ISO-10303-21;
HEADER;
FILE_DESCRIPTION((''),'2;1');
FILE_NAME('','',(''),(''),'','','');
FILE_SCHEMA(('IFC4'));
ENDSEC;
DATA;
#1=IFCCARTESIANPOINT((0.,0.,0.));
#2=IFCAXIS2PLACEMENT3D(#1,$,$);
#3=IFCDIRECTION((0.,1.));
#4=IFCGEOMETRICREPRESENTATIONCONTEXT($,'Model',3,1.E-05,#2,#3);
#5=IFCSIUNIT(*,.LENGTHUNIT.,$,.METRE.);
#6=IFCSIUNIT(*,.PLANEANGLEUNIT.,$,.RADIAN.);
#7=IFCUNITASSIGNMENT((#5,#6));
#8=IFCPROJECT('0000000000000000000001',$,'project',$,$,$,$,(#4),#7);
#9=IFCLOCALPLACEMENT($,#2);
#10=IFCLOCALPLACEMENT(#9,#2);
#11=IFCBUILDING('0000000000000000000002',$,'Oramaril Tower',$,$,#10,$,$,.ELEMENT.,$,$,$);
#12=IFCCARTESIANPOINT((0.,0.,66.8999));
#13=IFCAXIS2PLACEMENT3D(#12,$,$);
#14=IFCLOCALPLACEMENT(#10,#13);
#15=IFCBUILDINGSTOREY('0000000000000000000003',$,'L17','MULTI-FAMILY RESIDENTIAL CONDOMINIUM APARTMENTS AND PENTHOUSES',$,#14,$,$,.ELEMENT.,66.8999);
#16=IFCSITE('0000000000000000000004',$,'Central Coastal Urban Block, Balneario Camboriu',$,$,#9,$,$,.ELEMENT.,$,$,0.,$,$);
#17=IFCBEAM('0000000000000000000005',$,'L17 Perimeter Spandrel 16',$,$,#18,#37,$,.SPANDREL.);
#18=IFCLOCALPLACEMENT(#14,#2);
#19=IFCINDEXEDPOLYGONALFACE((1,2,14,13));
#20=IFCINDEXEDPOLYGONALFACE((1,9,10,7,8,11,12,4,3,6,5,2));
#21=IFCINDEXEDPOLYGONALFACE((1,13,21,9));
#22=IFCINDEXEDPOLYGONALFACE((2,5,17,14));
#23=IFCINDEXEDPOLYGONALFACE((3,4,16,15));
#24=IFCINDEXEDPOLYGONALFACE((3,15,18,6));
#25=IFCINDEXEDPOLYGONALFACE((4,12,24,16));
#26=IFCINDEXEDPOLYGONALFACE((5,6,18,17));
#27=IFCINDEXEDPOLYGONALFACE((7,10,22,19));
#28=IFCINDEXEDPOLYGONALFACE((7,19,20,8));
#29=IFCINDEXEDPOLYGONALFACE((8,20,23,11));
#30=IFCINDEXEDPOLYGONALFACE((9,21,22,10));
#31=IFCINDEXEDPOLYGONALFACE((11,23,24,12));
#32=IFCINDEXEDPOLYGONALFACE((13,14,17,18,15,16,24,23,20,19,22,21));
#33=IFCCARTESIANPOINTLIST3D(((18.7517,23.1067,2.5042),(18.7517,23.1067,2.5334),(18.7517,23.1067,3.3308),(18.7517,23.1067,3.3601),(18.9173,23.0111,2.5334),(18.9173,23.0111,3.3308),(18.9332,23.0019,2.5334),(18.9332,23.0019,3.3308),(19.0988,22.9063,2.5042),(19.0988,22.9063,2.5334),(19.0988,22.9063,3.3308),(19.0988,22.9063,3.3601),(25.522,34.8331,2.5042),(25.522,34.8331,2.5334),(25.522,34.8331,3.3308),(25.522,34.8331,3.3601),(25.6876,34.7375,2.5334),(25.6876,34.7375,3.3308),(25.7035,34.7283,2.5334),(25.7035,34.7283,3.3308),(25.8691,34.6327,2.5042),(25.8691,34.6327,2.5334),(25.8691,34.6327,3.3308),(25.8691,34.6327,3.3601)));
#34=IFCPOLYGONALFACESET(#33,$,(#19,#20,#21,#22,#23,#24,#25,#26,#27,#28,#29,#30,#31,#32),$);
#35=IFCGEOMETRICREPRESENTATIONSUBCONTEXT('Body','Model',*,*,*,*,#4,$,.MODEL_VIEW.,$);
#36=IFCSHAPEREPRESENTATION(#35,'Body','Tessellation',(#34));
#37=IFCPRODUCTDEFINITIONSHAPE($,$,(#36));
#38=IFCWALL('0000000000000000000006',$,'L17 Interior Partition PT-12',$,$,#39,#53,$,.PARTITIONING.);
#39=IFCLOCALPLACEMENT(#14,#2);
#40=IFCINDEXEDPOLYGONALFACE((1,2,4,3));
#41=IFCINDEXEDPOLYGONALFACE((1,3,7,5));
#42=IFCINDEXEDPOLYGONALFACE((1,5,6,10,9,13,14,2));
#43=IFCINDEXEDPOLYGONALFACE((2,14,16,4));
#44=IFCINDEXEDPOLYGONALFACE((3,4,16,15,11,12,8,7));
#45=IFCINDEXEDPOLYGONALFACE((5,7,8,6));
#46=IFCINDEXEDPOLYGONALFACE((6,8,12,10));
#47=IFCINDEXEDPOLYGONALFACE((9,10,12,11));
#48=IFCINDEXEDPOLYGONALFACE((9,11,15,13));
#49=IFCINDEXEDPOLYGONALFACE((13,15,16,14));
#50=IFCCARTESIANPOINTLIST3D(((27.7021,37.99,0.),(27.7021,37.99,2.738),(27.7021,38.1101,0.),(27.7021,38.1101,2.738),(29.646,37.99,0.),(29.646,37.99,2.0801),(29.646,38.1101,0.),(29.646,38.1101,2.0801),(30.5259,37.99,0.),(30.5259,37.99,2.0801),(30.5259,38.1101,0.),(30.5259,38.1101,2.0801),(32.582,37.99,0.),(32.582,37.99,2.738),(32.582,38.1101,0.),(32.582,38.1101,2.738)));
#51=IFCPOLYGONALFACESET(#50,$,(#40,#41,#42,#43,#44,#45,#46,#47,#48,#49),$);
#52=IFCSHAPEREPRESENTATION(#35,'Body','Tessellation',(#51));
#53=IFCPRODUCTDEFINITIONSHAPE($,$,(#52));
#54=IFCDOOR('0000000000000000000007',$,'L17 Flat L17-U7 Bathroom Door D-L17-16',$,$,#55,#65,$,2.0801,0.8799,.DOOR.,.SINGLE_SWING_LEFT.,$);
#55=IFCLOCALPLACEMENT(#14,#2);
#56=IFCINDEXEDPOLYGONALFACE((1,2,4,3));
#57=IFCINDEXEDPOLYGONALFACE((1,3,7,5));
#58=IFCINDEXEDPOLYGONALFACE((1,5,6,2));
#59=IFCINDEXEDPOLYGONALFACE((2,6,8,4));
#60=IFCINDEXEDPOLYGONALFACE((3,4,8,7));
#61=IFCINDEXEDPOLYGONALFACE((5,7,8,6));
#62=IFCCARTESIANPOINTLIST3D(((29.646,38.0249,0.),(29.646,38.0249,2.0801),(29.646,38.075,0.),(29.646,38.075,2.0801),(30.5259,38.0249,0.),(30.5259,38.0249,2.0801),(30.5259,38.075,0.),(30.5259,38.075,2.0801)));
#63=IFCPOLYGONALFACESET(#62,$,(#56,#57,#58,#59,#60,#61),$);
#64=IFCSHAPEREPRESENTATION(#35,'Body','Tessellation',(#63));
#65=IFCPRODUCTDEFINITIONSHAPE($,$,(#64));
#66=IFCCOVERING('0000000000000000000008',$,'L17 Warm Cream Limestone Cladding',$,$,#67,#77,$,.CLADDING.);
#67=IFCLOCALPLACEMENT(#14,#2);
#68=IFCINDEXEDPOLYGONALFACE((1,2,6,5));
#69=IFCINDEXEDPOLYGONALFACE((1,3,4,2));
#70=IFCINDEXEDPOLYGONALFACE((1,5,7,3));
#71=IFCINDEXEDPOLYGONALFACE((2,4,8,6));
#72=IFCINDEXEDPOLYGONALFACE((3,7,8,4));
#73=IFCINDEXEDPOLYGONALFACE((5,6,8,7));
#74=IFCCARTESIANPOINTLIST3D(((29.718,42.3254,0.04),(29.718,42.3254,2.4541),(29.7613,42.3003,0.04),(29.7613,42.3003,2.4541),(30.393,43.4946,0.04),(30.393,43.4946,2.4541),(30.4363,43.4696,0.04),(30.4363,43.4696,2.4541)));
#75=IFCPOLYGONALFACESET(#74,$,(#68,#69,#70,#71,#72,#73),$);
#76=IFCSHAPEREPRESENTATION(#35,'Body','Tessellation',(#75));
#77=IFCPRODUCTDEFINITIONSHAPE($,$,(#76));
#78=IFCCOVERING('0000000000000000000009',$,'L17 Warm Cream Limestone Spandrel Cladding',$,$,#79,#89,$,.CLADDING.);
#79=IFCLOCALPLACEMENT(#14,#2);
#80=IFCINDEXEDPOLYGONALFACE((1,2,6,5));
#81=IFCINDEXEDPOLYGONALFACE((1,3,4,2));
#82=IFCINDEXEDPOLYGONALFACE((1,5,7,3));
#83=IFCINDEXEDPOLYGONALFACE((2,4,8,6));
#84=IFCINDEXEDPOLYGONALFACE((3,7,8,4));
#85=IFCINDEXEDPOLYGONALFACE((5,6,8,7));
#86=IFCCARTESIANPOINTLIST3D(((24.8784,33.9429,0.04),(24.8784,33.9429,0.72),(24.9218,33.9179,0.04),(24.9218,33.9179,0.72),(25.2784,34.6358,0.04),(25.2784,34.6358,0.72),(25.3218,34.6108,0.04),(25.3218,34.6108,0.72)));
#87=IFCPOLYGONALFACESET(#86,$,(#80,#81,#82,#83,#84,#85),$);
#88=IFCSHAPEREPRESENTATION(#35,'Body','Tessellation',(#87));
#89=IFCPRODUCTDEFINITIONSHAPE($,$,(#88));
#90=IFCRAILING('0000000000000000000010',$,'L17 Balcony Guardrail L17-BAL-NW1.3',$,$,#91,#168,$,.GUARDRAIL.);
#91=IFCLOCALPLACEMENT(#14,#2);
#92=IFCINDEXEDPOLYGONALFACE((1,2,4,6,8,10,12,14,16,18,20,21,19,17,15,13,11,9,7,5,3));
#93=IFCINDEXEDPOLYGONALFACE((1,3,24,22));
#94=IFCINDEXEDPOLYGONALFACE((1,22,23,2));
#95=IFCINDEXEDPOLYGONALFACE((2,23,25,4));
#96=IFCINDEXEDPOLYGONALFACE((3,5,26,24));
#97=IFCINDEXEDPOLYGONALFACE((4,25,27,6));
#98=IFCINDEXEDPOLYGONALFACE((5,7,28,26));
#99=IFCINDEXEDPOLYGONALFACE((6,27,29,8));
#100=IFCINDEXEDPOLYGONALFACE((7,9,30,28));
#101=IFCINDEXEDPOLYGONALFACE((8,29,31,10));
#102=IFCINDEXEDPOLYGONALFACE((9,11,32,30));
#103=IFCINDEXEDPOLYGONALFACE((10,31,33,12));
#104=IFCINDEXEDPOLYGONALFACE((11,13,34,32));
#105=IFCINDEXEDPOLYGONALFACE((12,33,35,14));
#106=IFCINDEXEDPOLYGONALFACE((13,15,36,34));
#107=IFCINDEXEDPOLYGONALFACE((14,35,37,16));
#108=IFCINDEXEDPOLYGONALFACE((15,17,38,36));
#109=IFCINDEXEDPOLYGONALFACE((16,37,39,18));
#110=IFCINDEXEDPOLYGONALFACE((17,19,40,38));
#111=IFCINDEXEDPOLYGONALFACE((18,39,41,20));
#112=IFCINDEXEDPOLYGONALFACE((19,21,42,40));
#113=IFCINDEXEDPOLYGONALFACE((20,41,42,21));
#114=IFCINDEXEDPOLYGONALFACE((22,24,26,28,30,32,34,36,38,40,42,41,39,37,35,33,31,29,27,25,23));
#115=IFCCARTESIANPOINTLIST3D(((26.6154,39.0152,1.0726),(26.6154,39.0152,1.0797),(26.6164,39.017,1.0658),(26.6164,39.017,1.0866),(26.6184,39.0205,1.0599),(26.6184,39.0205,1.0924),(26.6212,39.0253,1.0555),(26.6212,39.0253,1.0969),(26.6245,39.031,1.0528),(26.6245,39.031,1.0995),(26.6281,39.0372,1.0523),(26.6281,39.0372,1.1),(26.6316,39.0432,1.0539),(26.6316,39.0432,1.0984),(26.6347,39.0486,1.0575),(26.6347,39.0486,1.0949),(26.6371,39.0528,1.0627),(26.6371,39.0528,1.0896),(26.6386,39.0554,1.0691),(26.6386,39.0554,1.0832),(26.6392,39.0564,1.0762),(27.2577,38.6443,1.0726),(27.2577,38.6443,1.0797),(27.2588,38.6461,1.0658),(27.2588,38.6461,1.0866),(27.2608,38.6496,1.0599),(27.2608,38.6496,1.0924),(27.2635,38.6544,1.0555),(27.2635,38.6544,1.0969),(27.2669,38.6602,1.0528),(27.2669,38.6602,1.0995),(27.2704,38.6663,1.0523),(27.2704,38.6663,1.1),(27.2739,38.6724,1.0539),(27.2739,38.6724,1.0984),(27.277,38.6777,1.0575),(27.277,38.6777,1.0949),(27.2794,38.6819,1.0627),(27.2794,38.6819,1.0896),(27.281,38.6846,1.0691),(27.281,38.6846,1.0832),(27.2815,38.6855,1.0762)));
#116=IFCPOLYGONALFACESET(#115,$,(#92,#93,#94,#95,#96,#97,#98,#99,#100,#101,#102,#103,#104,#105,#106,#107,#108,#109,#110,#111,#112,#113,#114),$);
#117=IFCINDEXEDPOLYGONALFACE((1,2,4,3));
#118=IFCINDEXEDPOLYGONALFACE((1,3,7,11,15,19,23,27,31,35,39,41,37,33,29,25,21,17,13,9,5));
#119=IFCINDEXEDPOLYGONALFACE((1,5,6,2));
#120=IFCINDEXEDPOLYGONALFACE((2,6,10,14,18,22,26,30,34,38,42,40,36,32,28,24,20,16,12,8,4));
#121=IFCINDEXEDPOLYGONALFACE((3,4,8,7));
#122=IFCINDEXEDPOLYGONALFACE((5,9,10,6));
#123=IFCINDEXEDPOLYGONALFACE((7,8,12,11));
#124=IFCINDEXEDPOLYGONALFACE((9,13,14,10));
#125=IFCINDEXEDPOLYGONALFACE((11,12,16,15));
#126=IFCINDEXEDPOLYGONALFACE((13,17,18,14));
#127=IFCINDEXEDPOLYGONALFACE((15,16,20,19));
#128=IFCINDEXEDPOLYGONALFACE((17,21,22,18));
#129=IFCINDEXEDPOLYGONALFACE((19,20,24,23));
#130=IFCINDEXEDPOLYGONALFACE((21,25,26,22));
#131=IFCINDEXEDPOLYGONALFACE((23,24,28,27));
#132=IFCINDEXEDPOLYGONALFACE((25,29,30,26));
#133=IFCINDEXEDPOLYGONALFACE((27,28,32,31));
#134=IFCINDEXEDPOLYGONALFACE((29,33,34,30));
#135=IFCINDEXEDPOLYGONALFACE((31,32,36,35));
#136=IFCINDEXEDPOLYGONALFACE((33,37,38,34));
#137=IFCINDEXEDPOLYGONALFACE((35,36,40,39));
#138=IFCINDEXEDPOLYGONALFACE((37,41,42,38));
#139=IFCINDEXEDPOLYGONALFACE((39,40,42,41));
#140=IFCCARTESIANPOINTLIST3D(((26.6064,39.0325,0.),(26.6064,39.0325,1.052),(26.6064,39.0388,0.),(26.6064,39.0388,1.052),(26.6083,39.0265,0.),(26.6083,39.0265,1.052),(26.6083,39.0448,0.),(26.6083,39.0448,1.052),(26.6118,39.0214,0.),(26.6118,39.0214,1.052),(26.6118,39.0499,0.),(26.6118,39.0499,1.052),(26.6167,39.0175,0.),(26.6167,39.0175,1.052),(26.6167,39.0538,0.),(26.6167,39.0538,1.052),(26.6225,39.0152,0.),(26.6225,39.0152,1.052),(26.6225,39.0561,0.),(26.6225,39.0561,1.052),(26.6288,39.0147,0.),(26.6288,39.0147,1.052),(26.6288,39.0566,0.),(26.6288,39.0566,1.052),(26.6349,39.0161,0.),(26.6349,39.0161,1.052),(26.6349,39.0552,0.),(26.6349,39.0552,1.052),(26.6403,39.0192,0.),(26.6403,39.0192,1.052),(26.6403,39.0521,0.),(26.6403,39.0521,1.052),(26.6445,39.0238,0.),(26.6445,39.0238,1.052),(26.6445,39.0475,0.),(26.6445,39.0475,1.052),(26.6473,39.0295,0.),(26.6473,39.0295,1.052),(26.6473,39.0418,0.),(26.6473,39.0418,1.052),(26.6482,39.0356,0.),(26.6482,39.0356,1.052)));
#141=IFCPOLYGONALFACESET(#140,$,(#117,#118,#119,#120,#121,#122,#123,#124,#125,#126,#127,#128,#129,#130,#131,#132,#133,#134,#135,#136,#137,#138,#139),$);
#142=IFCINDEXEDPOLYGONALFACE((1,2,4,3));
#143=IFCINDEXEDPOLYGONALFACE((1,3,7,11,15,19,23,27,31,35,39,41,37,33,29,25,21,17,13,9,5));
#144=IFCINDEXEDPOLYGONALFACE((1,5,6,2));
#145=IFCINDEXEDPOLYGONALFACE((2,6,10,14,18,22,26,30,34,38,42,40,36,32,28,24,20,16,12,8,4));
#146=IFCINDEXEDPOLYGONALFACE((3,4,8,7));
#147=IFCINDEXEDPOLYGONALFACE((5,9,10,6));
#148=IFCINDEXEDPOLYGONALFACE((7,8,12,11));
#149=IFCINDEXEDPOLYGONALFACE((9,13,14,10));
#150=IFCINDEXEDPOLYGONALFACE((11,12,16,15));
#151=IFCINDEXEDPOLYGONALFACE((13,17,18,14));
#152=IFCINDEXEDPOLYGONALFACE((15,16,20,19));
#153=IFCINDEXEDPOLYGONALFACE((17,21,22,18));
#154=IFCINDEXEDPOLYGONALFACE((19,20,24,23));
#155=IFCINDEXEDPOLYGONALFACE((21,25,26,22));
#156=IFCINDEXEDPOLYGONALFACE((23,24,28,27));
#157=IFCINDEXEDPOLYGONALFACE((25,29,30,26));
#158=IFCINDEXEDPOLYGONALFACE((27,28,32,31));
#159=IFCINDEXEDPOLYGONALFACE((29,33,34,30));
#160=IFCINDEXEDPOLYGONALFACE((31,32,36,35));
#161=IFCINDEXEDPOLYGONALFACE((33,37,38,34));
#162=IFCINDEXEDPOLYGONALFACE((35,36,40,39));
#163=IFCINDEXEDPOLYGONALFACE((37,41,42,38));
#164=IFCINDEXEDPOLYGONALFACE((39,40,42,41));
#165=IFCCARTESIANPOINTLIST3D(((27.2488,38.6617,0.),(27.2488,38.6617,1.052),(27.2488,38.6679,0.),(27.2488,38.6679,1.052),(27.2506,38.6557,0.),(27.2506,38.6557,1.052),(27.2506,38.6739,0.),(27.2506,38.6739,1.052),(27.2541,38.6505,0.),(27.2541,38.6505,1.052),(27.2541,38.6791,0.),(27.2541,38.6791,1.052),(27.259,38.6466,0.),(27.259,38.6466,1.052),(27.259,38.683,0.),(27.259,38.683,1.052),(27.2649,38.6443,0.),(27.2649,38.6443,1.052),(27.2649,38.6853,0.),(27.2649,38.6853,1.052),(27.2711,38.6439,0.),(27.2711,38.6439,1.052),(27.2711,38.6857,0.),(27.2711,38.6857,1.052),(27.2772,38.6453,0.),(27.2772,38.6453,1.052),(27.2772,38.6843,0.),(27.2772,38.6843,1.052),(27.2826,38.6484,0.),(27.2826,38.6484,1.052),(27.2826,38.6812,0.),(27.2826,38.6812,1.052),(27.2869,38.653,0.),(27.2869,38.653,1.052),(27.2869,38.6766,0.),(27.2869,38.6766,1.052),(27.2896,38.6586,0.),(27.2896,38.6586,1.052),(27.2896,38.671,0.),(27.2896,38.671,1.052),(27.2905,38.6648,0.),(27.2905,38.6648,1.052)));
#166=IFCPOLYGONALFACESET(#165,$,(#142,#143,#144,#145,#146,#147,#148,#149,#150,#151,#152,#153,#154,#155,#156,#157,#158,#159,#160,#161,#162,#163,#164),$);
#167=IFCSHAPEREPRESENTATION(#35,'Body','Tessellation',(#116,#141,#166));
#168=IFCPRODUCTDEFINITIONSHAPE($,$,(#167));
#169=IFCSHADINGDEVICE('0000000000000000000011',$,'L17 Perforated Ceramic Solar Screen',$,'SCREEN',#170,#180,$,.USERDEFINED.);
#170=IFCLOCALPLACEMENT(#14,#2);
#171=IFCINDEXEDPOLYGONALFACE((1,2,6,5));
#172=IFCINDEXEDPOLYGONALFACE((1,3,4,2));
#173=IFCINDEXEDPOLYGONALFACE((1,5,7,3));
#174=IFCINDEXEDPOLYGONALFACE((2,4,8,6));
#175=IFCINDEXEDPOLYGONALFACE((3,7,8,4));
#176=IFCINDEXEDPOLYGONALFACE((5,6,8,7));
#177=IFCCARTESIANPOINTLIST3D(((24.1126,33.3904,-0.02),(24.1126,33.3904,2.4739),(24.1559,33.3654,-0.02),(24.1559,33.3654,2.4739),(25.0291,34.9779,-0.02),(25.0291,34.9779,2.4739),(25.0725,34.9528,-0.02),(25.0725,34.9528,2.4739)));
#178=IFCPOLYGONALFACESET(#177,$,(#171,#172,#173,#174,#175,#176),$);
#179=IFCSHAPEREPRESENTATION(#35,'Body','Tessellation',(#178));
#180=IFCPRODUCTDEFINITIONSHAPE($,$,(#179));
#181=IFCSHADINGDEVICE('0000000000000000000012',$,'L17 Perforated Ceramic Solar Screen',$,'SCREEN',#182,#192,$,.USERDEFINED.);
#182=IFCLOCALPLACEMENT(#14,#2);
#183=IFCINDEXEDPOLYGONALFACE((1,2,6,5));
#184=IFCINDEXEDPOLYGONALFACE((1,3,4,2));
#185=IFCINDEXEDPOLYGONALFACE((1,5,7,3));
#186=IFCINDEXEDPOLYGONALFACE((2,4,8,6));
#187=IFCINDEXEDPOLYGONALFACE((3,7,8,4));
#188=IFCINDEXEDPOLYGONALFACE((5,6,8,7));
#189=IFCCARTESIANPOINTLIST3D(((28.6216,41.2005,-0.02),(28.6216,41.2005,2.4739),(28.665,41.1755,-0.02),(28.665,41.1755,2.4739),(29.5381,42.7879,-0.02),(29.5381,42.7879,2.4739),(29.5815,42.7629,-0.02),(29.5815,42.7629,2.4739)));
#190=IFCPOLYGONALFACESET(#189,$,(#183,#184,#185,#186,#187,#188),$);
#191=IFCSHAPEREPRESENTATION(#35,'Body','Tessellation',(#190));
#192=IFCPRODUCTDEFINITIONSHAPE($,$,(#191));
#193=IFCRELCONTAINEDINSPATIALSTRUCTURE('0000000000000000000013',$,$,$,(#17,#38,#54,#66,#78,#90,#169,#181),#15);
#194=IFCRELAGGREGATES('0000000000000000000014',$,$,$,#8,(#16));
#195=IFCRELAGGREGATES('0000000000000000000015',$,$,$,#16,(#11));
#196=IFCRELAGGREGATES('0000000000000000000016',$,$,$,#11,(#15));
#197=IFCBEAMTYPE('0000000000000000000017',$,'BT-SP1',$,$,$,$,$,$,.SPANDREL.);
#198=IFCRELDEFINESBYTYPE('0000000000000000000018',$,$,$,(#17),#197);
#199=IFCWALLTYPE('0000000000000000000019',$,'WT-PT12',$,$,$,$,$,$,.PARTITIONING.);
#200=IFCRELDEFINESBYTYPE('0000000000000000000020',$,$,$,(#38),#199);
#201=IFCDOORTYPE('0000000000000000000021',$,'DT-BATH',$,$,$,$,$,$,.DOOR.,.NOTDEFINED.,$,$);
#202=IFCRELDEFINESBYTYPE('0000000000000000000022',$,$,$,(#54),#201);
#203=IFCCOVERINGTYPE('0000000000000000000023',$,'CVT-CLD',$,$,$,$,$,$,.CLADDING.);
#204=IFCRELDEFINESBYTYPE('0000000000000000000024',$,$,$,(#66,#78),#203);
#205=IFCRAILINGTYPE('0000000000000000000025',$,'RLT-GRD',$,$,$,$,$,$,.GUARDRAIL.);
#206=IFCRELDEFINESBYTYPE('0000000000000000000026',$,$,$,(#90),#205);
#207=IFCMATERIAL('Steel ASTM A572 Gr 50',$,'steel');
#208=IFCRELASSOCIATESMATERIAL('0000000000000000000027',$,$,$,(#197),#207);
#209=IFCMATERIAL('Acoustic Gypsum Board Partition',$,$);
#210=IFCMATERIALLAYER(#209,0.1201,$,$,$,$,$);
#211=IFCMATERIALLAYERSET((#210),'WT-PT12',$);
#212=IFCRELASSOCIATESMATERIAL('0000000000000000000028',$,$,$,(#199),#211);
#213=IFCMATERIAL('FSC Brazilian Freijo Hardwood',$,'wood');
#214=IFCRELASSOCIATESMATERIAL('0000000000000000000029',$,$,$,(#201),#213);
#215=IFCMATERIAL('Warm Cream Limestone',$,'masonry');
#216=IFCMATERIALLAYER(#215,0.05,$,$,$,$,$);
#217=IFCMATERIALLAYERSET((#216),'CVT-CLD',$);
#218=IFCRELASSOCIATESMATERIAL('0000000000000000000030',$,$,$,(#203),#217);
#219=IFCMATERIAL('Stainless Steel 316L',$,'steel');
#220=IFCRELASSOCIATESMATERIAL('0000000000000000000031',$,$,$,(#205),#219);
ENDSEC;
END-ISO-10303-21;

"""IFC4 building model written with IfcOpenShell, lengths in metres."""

from ifc_helpers import new_model, si_unit, direction, frame, frame_2d, origin, origin_2d, place, context, subcontext, project, spatial, rectangle, circle, i_section, extrude, material, layer, layer_set, material_profile, profile_set, type_object, element, fill, save


model = new_model("IFC4")

# Units and contexts
model_context = context("Model", 3, precision=1e-05, world=origin(), true_north=direction((0.0, 1.0)))
body_context = subcontext(model_context, "Body", "Model", "MODEL_VIEW")
ifc_project = project(units=[si_unit("LENGTHUNIT", "METRE"), si_unit("PLANEANGLEUNIT", "RADIAN")], contexts=[model_context])

# Site, building, storey
site_placement = place(None, origin())
site = spatial("IfcSite", under=ifc_project, at=site_placement, Name="Central Coastal Urban Block, Balneario Camboriu", CompositionType="ELEMENT", RefElevation=0.0)
building_placement = place(site_placement, origin())
building = spatial("IfcBuilding", under=site, at=building_placement, Name="Oramaril Tower", CompositionType="ELEMENT")
storey_placement = place(building_placement, frame((0.0, 0.0, 66.8999)))
storey = spatial("IfcBuildingStorey", under=building, at=storey_placement, Name="L17", Description="MULTI-FAMILY RESIDENTIAL CONDOMINIUM APARTMENTS AND PENTHOUSES", CompositionType="ELEMENT", Elevation=66.8999)

# Beam
ifc_material_1 = material(Name="Steel ASTM A572 Gr 50", Category="steel")
ifc_material_profile_1 = material_profile(ifc_material_1, i_section(OverallWidth=0.4009, OverallDepth=0.856, WebThickness=0.0183, FlangeThickness=0.0293, at=origin_2d()), Name="W33X201")
ifc_profile_set_1 = profile_set([ifc_material_profile_1], Name="Steel ASTM A572 Gr 50")
beam_type_1 = type_object("IfcBeamType", Name="BT-SP1", PredefinedType="SPANDREL", material=ifc_profile_set_1)
beam_1_placement = place(storey_placement, frame((25.6956, 34.7329, 2.9321), z_axis=(-0.500004, -0.866023, 0.0), x_axis=(0.866023, -0.500004, 0.0)))
element("IfcBeam", 1, at=beam_1_placement, inside=storey, type_object=beam_type_1, Name="L17 Perimeter Spandrel 16", PredefinedType="SPANDREL", context=body_context, shape_type="SweptSolid", body=[
    extrude(i_section(OverallWidth=0.4009, OverallDepth=0.856, WebThickness=0.0183, FlangeThickness=0.0293, at=origin_2d()), origin(), (0.0, 0.0, 1.0), 13.5405),
])

# Wall, opening, door
ifc_material_2 = material(Name="Acoustic Gypsum Board Partition")
ifc_layer_1 = layer(ifc_material_2, 0.1201)
ifc_layer_set_1 = layer_set([ifc_layer_1], Name="WT-PT12")
wall_type_1 = type_object("IfcWallType", Name="WT-PT12", PredefinedType="PARTITIONING", material=ifc_layer_set_1)
wall_1_placement = place(storey_placement, frame((27.7021, 38.05, 0.0), z_axis=(0.0, 0.0, 1.0), x_axis=(1.0, 0.0, 0.0)))
wall_1 = element("IfcWall", 2, at=wall_1_placement, inside=storey, type_object=wall_type_1, Name="L17 Interior Partition PT-12", PredefinedType="PARTITIONING", context=body_context, shape_type="SweptSolid", body=[
    extrude(rectangle(XDim=4.8799, YDim=0.1201, at=frame_2d((2.4399, 0.0))), origin(), (0.0, 0.0, 1.0), 2.738),
])
opening_1_placement = place(wall_1_placement, frame((1.9438, 0.0, 0.0)))
opening_1 = element("IfcOpeningElement", 3, at=opening_1_placement, cuts=wall_1, PredefinedType="OPENING", context=body_context, shape_type="SweptSolid", body=[
    extrude(rectangle(XDim=0.8799, YDim=2.0801, at=frame_2d((0.4399, 1.04))), frame((0.0, 0.0601, 0.0), z_axis=(0.0, -1.0, 0.0), x_axis=(1.0, 0.0, 0.0)), (0.0, 0.0, 1.0), 0.1201),
])
ifc_material_3 = material(Name="FSC Brazilian Freijo Hardwood", Category="wood")
door_type_1 = type_object("IfcDoorType", Name="DT-BATH", OperationType="NOTDEFINED", PredefinedType="DOOR", material=ifc_material_3)
door_1_placement = place(opening_1_placement, origin())
door_1 = element("IfcDoor", 4, at=door_1_placement, inside=storey, type_object=door_type_1, Name="L17 Flat L17-U7 Bathroom Door D-L17-16", OperationType="SINGLE_SWING_LEFT", OverallHeight=2.0801, OverallWidth=0.8799, PredefinedType="DOOR", context=body_context, shape_type="SweptSolid", body=[
    extrude(rectangle(XDim=0.8799, YDim=2.0801, at=frame_2d((0.4399, 1.04))), frame((0.0, 0.0249, 0.0), z_axis=(0.0, -1.0, 0.0), x_axis=(1.0, 0.0, 0.0)), (0.0, 0.0, 1.0), 0.05),
])
fill(opening_1, door_1)

# Coverings
ifc_material_4 = material(Name="Warm Cream Limestone", Category="masonry")
ifc_layer_2 = layer(ifc_material_4, 0.05)
ifc_layer_set_2 = layer_set([ifc_layer_2], Name="CVT-CLD")
covering_type = type_object("IfcCoveringType", Name="CVT-CLD", PredefinedType="CLADDING", material=ifc_layer_set_2)
covering_1_placement = place(storey_placement, frame((30.0771, 42.8975, 0.04), z_axis=(0.0, 0.0, 1.0), x_axis=(-0.5, -0.866025, 0.0)))
element("IfcCovering", 5, at=covering_1_placement, inside=storey, type_object=covering_type, Name="L17 Warm Cream Limestone Cladding", PredefinedType="CLADDING", context=body_context, shape_type="SweptSolid", body=[
    extrude(rectangle(XDim=1.3501, YDim=0.05, at=origin_2d()), origin(), (0.0, 0.0, 1.0), 2.4141),
])
covering_2_placement = place(storey_placement, frame((25.1001, 34.2769, 0.04), z_axis=(0.0, 0.0, 1.0), x_axis=(-0.5, -0.866025, 0.0)))
element("IfcCovering", 6, at=covering_2_placement, inside=storey, type_object=covering_type, Name="L17 Warm Cream Limestone Spandrel Cladding", PredefinedType="CLADDING", context=body_context, shape_type="SweptSolid", body=[
    extrude(rectangle(XDim=0.8, YDim=0.05, at=origin_2d()), origin(), (0.0, 0.0, 1.0), 0.6799),
])

# Railing
ifc_material_5 = material(Name="Stainless Steel 316L", Category="steel")
railing_type = type_object("IfcRailingType", Name="RLT-GRD", PredefinedType="GUARDRAIL", material=ifc_material_5)
railing_1_placement = place(storey_placement, frame((26.6272, 39.0356, 0.0)))
element("IfcRailing", 7, at=railing_1_placement, inside=storey, type_object=railing_type, Name="L17 Balcony Guardrail L17-BAL-NW1.3", PredefinedType="GUARDRAIL", context=body_context, shape_type="SweptSolid", body=[
    extrude(circle(Radius=0.0239, at=origin_2d()), frame((0.0, 0.0, 1.0762), z_axis=(0.866027, -0.499998, 0.0), x_axis=(0.499998, 0.866027, 0.0)), (0.0, 0.0, 1.0), 0.7417),
    extrude(circle(Radius=0.021, at=origin_2d()), origin(), (0.0, 0.0, 1.0), 1.052),
    extrude(circle(Radius=0.021, at=origin_2d()), frame((0.6423, -0.3708, 0.0)), (0.0, 0.0, 1.0), 1.052),
])

# Shading devices
for number, where, z_axis, x_axis, name in (
    (8, (24.5925, 34.1716, -0.02), (0.0, 0.0, 1.0), (-0.5, -0.866025, 0.0), "L17 Perforated Ceramic Solar Screen"),
    (9, (29.1016, 41.9817, -0.02), (0.0, 0.0, 1.0), (-0.5, -0.866025, 0.0), "L17 Perforated Ceramic Solar Screen"),
):
    element("IfcShadingDevice", number, at=place(storey_placement, frame(where, z_axis=z_axis, x_axis=x_axis)), inside=storey, Name=name, ObjectType="SCREEN", PredefinedType="USERDEFINED", context=body_context, shape_type="SweptSolid", body=[
        extrude(rectangle(XDim=1.833, YDim=0.05, at=origin_2d()), origin(), (0.0, 0.0, 1.0), 2.4939),
    ])

save(model, "model.ifc")
